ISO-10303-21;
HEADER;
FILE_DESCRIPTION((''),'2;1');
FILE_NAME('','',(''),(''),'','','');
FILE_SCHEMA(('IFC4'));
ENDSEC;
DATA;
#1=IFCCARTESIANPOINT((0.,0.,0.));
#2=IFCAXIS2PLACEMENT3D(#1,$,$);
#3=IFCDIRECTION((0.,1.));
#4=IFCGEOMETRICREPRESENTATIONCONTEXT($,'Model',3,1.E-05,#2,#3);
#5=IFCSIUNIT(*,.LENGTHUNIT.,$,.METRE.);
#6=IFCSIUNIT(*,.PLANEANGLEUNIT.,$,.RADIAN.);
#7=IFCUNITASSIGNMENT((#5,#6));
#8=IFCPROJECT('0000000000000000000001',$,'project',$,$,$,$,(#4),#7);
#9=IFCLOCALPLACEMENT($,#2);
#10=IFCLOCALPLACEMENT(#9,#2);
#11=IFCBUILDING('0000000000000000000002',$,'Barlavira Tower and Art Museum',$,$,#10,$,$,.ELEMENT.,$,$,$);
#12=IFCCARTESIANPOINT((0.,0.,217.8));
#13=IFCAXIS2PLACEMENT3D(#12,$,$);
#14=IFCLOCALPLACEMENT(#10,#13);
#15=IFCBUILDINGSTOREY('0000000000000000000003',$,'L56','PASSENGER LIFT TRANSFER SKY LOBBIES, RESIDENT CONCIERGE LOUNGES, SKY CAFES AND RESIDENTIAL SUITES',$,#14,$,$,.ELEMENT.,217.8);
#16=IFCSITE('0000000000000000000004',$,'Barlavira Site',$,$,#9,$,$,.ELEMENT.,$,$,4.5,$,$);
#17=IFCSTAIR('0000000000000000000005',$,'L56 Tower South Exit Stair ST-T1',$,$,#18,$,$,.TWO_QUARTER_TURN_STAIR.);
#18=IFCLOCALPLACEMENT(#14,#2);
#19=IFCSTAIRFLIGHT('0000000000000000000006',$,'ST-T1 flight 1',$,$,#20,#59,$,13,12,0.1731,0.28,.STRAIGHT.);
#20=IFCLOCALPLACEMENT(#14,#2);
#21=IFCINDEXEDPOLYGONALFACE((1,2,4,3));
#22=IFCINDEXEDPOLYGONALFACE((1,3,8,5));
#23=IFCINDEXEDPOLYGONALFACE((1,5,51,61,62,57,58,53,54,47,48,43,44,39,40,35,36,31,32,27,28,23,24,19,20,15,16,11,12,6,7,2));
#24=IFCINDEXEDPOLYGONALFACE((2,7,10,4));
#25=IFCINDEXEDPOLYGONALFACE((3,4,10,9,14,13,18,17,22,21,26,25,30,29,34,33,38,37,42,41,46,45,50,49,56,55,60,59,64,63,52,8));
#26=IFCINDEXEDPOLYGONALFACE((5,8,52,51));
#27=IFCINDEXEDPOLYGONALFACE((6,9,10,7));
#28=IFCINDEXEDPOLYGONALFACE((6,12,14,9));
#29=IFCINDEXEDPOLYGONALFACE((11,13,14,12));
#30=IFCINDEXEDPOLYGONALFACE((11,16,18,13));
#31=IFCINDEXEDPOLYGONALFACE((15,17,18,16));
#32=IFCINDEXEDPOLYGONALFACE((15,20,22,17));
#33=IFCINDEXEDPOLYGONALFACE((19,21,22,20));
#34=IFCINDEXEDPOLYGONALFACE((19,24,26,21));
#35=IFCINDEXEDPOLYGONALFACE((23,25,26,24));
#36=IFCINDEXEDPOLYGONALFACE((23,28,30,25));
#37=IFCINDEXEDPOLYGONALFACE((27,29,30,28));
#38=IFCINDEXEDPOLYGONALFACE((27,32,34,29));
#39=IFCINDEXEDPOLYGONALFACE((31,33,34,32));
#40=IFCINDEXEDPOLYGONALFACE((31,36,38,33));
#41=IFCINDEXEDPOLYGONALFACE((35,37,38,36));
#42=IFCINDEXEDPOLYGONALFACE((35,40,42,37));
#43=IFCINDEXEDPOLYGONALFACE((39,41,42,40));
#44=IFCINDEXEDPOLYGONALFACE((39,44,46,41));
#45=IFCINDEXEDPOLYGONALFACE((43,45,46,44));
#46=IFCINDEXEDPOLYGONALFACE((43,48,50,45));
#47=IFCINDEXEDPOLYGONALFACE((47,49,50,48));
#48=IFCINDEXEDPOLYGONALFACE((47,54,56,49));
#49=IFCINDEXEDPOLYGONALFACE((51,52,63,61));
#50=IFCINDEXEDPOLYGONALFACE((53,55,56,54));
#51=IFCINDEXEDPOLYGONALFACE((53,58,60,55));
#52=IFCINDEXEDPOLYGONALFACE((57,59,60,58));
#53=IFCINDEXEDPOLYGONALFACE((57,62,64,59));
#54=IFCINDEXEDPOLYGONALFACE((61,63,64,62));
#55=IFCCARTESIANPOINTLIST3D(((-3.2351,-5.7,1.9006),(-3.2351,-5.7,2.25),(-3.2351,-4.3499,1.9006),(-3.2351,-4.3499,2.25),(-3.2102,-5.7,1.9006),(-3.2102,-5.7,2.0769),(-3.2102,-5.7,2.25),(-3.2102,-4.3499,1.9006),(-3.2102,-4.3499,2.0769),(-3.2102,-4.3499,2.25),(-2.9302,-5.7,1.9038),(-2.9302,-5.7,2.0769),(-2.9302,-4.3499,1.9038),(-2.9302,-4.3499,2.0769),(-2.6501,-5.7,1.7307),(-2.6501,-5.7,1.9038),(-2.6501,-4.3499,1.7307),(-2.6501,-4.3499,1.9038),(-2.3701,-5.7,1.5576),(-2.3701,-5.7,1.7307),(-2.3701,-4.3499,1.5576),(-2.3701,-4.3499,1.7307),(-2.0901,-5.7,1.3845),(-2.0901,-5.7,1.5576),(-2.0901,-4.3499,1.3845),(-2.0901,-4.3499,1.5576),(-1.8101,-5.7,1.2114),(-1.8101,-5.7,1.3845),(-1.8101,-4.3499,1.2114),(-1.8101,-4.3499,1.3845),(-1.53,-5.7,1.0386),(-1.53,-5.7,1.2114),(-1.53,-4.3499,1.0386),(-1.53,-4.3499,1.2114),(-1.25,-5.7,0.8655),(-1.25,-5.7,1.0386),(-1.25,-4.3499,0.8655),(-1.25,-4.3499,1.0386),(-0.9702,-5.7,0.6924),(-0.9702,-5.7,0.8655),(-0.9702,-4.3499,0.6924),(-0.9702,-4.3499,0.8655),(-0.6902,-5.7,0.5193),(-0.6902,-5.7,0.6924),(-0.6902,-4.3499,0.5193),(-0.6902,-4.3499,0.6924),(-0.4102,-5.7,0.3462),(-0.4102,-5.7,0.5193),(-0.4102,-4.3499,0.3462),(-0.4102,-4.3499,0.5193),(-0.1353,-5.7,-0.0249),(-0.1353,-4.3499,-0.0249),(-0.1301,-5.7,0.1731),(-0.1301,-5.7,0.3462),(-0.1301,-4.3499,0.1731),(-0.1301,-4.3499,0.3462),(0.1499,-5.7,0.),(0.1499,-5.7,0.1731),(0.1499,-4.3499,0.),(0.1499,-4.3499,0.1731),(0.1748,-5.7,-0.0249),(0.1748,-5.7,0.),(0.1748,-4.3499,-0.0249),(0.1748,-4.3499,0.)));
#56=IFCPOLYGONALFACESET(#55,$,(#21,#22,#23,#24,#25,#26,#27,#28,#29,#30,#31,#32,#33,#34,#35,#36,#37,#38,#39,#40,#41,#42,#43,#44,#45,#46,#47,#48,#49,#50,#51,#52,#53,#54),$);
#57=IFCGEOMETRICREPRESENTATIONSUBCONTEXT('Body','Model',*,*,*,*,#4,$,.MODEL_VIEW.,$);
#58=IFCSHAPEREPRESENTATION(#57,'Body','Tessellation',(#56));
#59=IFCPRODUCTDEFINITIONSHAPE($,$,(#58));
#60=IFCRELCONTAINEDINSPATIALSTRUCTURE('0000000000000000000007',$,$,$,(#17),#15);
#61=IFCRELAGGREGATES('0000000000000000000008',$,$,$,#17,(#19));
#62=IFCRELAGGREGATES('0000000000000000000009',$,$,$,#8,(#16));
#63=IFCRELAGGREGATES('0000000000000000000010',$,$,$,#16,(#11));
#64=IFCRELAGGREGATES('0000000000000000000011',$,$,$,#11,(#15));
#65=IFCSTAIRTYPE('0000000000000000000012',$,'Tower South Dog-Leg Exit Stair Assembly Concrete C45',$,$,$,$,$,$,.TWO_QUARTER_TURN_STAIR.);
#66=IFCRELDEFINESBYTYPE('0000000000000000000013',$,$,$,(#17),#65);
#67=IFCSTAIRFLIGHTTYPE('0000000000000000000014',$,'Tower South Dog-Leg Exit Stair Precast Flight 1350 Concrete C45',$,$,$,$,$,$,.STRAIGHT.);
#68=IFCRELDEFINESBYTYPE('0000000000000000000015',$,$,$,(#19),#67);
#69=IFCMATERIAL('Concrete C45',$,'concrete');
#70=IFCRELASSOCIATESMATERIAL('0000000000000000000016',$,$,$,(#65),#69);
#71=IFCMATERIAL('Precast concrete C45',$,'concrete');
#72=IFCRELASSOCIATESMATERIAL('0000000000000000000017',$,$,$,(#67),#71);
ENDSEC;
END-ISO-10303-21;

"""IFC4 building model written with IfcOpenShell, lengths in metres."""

from ifc_helpers import new_model, si_unit, direction, frame, origin, place, context, subcontext, project, spatial, polyline, outline, extrude, material, type_object, element, aggregate, save


model = new_model("IFC4")

# Units and contexts
model_context = context("Model", 3, precision=1e-05, world=origin(), true_north=direction((0.0, 1.0)))
body_context = subcontext(model_context, "Body", "Model", "MODEL_VIEW")
ifc_project = project(units=[si_unit("LENGTHUNIT", "METRE"), si_unit("PLANEANGLEUNIT", "RADIAN")], contexts=[model_context])

# Site, building, storey
site_placement = place(None, origin())
site = spatial("IfcSite", under=ifc_project, at=site_placement, Name="Barlavira Site", CompositionType="ELEMENT", RefElevation=4.5)
building_placement = place(site_placement, origin())
building = spatial("IfcBuilding", under=site, at=building_placement, Name="Barlavira Tower and Art Museum", CompositionType="ELEMENT")
storey_placement = place(building_placement, frame((0.0, 0.0, 217.8)))
storey = spatial("IfcBuildingStorey", under=building, at=storey_placement, Name="L56", Description="PASSENGER LIFT TRANSFER SKY LOBBIES, RESIDENT CONCIERGE LOUNGES, SKY CAFES AND RESIDENTIAL SUITES", CompositionType="ELEMENT", Elevation=217.8)

# Stair, stair flight
ifc_material_1 = material(Name="Concrete C45", Category="concrete")
stair_type = type_object("IfcStairType", Name="Tower South Dog-Leg Exit Stair Assembly Concrete C45", PredefinedType="TWO_QUARTER_TURN_STAIR", material=ifc_material_1)
stair_placement = place(storey_placement, origin())
stair = element("IfcStair", 1, at=stair_placement, inside=storey, type_object=stair_type, Name="L56 Tower South Exit Stair ST-T1", PredefinedType="TWO_QUARTER_TURN_STAIR")
ifc_material_2 = material(Name="Precast concrete C45", Category="concrete")
stair_flight_type = type_object("IfcStairFlightType", Name="Tower South Dog-Leg Exit Stair Precast Flight 1350 Concrete C45", PredefinedType="STRAIGHT", material=ifc_material_2)
stair_flight_placement = place(storey_placement, frame((0.1499, -5.0249, 0.0), z_axis=(0.0, 0.0, 1.0), x_axis=(-1.0, 0.0, 0.0)))
stair_flight = element("IfcStairFlight", 2, at=stair_flight_placement, type_object=stair_flight_type, Name="ST-T1 flight 1", NumberOfRisers=13, NumberOfTreads=12, PredefinedType="STRAIGHT", RiserHeight=0.1731, TreadLength=0.28, context=body_context, shape_type="SweptSolid", body=[
    extrude(outline(polyline([(-0.0249, 0.0), (0.0, 0.0), (0.0, 0.1731), (0.28, 0.1731), (0.28, 0.3462), (0.5601, 0.3462), (0.5601, 0.5193), (0.8401, 0.5193), (0.8401, 0.6924), (1.1201, 0.6924), (1.1201, 0.8655), (1.3999, 0.8655), (1.3999, 1.0386), (1.6799, 1.0386), (1.6799, 1.2114), (1.96, 1.2114), (1.96, 1.3845), (2.24, 1.3845), (2.24, 1.5576), (2.52, 1.5576), (2.52, 1.7307), (2.8, 1.7307), (2.8, 1.9038), (3.0801, 1.9038), (3.0801, 2.0769), (3.3601, 2.0769), (3.3601, 2.25), (3.385, 2.25), (3.385, 1.9006), (3.3601, 1.9006), (0.2852, -0.0249), (-0.0249, -0.0249), (-0.0249, 0.0)])), frame((0.0, 0.675, 0.0), z_axis=(0.0, -1.0, 0.0), x_axis=(1.0, 0.0, 0.0)), (0.0, 0.0, 1.0), 1.3501),
])
aggregate(stair, [stair_flight])

save(model, "model.ifc")
